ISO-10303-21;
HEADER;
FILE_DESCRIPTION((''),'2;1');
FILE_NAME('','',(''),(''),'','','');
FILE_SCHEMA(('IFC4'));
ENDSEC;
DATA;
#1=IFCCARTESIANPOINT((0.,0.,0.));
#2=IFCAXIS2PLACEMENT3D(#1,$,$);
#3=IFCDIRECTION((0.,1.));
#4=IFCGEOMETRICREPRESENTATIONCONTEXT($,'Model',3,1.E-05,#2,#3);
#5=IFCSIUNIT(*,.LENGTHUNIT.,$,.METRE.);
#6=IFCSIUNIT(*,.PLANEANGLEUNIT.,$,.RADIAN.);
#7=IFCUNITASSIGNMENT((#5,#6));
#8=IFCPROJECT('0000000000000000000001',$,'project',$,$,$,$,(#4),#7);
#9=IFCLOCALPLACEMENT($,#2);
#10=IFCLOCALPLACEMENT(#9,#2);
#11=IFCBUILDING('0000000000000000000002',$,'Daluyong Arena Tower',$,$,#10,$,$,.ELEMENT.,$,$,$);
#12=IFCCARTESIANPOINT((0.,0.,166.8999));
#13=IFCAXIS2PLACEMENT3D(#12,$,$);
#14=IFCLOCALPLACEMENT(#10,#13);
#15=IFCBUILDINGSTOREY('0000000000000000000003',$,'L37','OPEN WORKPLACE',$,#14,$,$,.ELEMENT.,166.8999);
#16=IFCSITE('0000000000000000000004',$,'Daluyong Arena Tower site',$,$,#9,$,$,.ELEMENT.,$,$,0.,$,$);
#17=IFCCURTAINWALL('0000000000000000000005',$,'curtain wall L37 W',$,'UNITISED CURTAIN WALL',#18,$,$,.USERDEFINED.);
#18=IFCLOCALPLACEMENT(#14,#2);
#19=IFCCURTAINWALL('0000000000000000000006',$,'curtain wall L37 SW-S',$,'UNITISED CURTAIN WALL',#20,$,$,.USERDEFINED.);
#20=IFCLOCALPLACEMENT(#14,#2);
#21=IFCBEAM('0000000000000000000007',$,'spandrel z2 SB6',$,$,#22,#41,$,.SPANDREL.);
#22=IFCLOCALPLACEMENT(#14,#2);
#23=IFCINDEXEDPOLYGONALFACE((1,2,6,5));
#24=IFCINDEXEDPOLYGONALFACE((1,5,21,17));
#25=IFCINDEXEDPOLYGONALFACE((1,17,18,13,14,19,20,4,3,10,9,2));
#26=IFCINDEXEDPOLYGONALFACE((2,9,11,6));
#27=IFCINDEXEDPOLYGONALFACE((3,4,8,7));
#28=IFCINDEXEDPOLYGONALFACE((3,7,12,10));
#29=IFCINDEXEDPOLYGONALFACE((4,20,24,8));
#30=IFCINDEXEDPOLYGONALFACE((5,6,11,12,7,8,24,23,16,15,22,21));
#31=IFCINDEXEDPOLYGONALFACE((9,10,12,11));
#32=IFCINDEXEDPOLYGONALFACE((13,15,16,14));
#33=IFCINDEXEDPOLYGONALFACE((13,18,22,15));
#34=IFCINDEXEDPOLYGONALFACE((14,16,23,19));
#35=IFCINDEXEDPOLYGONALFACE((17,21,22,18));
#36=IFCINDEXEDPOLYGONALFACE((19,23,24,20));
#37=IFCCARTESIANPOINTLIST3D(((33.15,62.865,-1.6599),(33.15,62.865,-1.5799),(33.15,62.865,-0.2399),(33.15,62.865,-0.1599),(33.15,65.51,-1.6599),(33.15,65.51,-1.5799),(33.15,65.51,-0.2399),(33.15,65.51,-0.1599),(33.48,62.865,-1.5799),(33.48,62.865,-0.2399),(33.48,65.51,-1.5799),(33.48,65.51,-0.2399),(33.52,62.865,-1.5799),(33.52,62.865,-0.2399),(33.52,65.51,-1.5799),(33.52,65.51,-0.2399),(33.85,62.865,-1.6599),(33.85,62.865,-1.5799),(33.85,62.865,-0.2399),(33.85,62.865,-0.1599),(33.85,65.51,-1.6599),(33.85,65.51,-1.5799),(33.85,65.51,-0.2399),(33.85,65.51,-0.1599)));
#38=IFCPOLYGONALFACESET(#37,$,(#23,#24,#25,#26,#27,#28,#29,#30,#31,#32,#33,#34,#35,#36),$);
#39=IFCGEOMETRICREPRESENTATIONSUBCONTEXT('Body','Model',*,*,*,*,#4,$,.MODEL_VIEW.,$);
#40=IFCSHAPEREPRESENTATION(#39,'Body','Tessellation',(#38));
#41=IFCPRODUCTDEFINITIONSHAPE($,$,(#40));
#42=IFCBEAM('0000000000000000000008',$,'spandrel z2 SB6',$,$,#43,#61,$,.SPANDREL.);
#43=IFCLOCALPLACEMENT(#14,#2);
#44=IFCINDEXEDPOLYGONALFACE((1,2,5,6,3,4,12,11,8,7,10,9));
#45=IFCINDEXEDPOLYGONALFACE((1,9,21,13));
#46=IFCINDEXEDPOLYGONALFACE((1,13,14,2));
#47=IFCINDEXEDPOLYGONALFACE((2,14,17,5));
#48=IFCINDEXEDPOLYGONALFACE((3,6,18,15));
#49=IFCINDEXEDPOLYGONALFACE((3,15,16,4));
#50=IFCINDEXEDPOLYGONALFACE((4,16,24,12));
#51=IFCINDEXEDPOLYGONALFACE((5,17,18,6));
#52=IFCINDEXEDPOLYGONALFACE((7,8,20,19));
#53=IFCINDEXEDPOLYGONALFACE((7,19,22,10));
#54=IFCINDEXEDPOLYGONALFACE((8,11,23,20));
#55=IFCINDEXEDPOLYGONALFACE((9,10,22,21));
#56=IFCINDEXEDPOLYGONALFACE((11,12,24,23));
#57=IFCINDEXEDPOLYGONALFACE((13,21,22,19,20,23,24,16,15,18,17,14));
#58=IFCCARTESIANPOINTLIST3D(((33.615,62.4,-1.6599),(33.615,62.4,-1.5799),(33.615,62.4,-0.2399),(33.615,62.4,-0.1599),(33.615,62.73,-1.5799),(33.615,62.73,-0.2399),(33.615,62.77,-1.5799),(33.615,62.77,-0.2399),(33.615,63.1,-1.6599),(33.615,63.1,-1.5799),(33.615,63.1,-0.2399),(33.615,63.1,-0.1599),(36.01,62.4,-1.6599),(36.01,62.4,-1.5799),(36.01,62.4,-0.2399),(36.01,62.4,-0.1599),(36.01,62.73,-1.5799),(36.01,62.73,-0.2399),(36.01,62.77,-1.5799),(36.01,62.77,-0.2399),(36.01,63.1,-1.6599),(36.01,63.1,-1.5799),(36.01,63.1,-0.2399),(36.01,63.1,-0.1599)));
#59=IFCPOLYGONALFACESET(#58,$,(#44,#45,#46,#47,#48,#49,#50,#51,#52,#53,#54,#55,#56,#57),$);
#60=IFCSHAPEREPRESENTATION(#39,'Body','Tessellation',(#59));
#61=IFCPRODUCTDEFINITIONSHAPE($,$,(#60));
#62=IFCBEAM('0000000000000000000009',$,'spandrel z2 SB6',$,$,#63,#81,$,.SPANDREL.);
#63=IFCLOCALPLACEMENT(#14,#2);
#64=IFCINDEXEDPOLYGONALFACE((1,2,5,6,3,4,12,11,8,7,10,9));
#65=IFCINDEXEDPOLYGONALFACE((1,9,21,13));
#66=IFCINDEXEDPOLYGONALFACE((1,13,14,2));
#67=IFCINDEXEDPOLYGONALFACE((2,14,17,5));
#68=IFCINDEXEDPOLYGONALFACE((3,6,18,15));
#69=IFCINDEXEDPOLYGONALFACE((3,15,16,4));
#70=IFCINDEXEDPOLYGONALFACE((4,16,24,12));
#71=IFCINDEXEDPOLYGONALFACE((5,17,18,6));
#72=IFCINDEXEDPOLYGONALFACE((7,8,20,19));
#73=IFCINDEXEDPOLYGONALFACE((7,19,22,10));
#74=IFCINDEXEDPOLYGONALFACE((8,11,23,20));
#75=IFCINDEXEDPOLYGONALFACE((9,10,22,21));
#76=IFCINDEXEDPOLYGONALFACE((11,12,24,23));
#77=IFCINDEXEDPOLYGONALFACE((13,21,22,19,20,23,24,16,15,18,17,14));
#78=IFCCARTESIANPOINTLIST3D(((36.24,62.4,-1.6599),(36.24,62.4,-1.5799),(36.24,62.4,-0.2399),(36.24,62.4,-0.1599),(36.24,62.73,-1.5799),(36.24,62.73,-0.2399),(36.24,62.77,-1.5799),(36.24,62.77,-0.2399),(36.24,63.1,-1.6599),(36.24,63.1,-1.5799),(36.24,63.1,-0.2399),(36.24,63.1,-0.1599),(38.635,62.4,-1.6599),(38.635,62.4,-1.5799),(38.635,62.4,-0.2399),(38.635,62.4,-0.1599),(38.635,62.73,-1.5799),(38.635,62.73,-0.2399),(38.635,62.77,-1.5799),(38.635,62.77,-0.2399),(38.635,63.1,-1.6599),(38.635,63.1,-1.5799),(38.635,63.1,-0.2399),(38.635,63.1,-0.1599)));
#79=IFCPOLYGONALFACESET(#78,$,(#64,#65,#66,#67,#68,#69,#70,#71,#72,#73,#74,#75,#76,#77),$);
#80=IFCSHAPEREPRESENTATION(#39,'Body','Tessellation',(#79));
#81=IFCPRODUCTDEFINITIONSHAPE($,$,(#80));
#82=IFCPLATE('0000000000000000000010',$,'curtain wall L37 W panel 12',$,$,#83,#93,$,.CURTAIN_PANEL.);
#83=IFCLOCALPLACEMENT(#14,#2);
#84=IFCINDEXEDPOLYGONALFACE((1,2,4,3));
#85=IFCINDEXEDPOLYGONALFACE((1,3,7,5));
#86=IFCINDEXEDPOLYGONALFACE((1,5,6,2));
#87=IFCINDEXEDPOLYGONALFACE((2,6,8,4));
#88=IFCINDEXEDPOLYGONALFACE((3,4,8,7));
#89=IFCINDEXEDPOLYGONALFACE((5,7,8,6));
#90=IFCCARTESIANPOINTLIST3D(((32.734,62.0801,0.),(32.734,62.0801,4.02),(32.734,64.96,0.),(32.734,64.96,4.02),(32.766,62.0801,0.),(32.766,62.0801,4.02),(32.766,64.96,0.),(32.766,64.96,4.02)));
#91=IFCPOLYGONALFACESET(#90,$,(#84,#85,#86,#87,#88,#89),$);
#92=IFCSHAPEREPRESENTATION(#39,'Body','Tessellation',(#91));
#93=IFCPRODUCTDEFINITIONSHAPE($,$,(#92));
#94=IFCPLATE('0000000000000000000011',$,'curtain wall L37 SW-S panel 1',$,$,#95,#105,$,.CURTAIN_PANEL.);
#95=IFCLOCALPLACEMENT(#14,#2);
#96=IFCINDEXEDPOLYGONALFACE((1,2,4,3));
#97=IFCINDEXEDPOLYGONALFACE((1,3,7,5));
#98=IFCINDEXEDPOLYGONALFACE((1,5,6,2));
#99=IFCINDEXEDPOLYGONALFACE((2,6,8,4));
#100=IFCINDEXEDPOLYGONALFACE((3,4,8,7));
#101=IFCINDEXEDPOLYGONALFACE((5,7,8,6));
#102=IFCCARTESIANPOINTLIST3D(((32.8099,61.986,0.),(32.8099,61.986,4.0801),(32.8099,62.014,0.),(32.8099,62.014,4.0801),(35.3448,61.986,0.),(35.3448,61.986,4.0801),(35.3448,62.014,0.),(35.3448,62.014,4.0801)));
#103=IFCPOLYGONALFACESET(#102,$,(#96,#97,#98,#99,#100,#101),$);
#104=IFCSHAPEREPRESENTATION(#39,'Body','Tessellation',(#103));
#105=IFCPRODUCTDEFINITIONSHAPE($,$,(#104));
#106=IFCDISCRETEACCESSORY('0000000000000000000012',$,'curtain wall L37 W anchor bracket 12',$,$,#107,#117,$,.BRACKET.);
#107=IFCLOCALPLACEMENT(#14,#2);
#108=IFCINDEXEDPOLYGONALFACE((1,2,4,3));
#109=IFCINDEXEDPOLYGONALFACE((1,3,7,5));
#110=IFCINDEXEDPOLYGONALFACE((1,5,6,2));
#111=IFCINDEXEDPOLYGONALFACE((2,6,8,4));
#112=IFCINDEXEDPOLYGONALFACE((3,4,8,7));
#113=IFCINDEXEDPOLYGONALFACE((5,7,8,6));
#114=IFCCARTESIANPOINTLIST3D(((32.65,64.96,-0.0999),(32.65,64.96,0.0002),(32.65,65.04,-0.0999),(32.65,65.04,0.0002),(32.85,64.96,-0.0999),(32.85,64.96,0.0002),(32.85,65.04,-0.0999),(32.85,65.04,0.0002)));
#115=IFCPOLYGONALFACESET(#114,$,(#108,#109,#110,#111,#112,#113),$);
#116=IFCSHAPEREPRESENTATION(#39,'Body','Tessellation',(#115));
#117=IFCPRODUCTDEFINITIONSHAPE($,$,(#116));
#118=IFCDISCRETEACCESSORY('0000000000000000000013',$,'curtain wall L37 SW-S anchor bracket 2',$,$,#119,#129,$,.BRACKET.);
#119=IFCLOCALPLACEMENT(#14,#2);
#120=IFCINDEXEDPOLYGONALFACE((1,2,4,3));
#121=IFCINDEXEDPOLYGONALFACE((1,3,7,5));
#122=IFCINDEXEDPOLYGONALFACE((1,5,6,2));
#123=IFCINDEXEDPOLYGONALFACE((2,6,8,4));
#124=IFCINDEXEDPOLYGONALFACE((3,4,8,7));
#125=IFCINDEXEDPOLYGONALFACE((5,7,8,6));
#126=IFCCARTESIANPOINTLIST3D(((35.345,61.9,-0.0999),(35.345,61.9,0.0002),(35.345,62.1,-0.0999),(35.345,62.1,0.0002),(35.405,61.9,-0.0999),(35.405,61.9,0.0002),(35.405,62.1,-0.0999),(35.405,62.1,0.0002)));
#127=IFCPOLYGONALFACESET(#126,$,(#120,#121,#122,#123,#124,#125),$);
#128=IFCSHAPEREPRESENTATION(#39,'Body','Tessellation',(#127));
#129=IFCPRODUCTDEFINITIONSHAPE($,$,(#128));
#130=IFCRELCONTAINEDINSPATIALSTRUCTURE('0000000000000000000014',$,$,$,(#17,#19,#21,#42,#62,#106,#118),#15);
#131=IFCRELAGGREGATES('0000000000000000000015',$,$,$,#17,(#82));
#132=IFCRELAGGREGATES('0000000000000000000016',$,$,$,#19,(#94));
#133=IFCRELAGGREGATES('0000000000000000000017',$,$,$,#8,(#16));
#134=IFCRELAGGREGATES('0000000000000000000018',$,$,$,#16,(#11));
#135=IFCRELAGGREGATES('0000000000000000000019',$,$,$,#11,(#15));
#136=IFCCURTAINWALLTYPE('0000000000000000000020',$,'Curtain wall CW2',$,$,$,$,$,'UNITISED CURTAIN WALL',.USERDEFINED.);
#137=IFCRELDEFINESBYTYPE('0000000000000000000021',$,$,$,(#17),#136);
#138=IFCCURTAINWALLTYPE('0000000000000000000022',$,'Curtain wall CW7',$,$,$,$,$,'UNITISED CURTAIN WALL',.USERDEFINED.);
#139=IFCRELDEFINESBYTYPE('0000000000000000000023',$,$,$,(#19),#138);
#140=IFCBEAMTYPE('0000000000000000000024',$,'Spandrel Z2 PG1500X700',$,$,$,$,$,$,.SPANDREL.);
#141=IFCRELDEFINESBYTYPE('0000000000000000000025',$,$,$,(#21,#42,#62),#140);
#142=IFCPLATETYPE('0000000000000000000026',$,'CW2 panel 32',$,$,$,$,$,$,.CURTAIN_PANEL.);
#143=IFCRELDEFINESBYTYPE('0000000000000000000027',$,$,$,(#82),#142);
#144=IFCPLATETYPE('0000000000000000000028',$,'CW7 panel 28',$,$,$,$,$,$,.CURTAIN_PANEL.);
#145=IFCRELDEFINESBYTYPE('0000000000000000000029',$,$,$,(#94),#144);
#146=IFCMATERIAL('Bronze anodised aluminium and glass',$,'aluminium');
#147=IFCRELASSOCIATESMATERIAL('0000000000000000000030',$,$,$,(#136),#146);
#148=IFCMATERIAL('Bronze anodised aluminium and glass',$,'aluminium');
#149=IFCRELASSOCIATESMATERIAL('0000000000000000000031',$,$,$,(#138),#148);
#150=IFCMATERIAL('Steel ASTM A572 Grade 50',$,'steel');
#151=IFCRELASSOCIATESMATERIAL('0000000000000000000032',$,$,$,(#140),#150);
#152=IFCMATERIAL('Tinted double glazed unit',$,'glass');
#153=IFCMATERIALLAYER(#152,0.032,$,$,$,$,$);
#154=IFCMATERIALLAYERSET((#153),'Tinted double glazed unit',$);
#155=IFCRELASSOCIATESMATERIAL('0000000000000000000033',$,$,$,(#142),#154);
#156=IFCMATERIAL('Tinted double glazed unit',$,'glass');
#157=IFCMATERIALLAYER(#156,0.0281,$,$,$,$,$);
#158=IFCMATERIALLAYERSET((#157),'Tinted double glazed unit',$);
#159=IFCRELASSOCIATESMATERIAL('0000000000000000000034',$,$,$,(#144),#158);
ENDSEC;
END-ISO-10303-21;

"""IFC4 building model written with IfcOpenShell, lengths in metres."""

from ifc_helpers import new_model, si_unit, direction, frame, origin, origin_2d, place, context, subcontext, project, spatial, rectangle, i_section, extrude, material, layer, layer_set, material_profile, profile_set, type_object, element, aggregate, save


model = new_model("IFC4")

# Units and contexts
model_context = context("Model", 3, precision=1e-05, world=origin(), true_north=direction((0.0, 1.0)))
body_context = subcontext(model_context, "Body", "Model", "MODEL_VIEW")
ifc_project = project(units=[si_unit("LENGTHUNIT", "METRE"), si_unit("PLANEANGLEUNIT", "RADIAN")], contexts=[model_context])

# Site, building, storey
site_placement = place(None, origin())
site = spatial("IfcSite", under=ifc_project, at=site_placement, Name="Daluyong Arena Tower site", CompositionType="ELEMENT", RefElevation=0.0)
building_placement = place(site_placement, origin())
building = spatial("IfcBuilding", under=site, at=building_placement, Name="Daluyong Arena Tower", CompositionType="ELEMENT")
storey_placement = place(building_placement, frame((0.0, 0.0, 166.8999)))
storey = spatial("IfcBuildingStorey", under=building, at=storey_placement, Name="L37", Description="OPEN WORKPLACE", CompositionType="ELEMENT", Elevation=166.8999)

# Curtain walls
ifc_material_1 = material(Name="Bronze anodised aluminium and glass", Category="aluminium")
curtain_wall_type_1 = type_object("IfcCurtainWallType", Name="Curtain wall CW2", ElementType="UNITISED CURTAIN WALL", PredefinedType="USERDEFINED", material=ifc_material_1)
curtain_wall_1_placement = place(storey_placement, origin())
curtain_wall_1 = element("IfcCurtainWall", 1, at=curtain_wall_1_placement, inside=storey, type_object=curtain_wall_type_1, Name="curtain wall L37 W", ObjectType="UNITISED CURTAIN WALL", PredefinedType="USERDEFINED")
ifc_material_2 = material(Name="Bronze anodised aluminium and glass", Category="aluminium")
curtain_wall_type_2 = type_object("IfcCurtainWallType", Name="Curtain wall CW7", ElementType="UNITISED CURTAIN WALL", PredefinedType="USERDEFINED", material=ifc_material_2)
curtain_wall_2_placement = place(storey_placement, origin())
curtain_wall_2 = element("IfcCurtainWall", 2, at=curtain_wall_2_placement, inside=storey, type_object=curtain_wall_type_2, Name="curtain wall L37 SW-S", ObjectType="UNITISED CURTAIN WALL", PredefinedType="USERDEFINED")

# Beams
ifc_material_3 = material(Name="Steel ASTM A572 Grade 50", Category="steel")
ifc_material_profile_1 = material_profile(ifc_material_3, i_section(OverallWidth=0.7, OverallDepth=1.5, WebThickness=0.04, FlangeThickness=0.08, at=origin_2d()))
ifc_profile_set_1 = profile_set([ifc_material_profile_1], Name="Steel ASTM A572 Grade 50")
beam_type_1 = type_object("IfcBeamType", Name="Spandrel Z2 PG1500X700", PredefinedType="SPANDREL", material=ifc_profile_set_1)
beam_1_placement = place(storey_placement, frame((33.5, 65.51, -0.9099), z_axis=(0.0, -1.0, 0.0), x_axis=(1.0, 0.0, 0.0)))
element("IfcBeam", 3, at=beam_1_placement, inside=storey, type_object=beam_type_1, Name="spandrel z2 SB6", PredefinedType="SPANDREL", context=body_context, shape_type="SweptSolid", body=[
    extrude(i_section(OverallWidth=0.7, OverallDepth=1.5, WebThickness=0.04, FlangeThickness=0.08, at=origin_2d()), origin(), (0.0, 0.0, 1.0), 2.645),
])
for number, where, z_axis, x_axis, name in (
    (4, (33.615, 62.75, -0.9099), (1.0, 0.0, 0.0), (0.0, 1.0, 0.0), "spandrel z2 SB6"),
    (5, (36.24, 62.75, -0.9099), (1.0, 0.0, 0.0), (0.0, 1.0, 0.0), "spandrel z2 SB6"),
):
    element("IfcBeam", number, at=place(storey_placement, frame(where, z_axis=z_axis, x_axis=x_axis)), inside=storey, type_object=beam_type_1, Name=name, PredefinedType="SPANDREL", context=body_context, shape_type="SweptSolid", body=[
        extrude(i_section(OverallWidth=0.7, OverallDepth=1.5, WebThickness=0.04, FlangeThickness=0.08, at=origin_2d()), origin(), (0.0, 0.0, 1.0), 2.395),
    ])

# Plates
ifc_material_4 = material(Name="Tinted double glazed unit", Category="glass")
ifc_layer_1 = layer(ifc_material_4, 0.032)
ifc_layer_set_1 = layer_set([ifc_layer_1], Name="Tinted double glazed unit")
plate_type_1 = type_object("IfcPlateType", Name="CW2 panel 32", PredefinedType="CURTAIN_PANEL", material=ifc_layer_set_1)
plate_1_placement = place(storey_placement, frame((32.75, 63.52, 0.0), z_axis=(0.0, 0.0, 1.0), x_axis=(0.0, -1.0, 0.0)))
plate_1 = element("IfcPlate", 6, at=plate_1_placement, type_object=plate_type_1, Name="curtain wall L37 W panel 12", PredefinedType="CURTAIN_PANEL", context=body_context, shape_type="SweptSolid", body=[
    extrude(rectangle(XDim=2.8799, YDim=0.032, at=origin_2d()), origin(), (0.0, 0.0, 1.0), 4.02),
])
aggregate(curtain_wall_1, [plate_1])
ifc_material_5 = material(Name="Tinted double glazed unit", Category="glass")
ifc_layer_2 = layer(ifc_material_5, 0.0281)
ifc_layer_set_2 = layer_set([ifc_layer_2], Name="Tinted double glazed unit")
plate_type_2 = type_object("IfcPlateType", Name="CW7 panel 28", PredefinedType="CURTAIN_PANEL", material=ifc_layer_set_2)
plate_2_placement = place(storey_placement, frame((34.0774, 62.0, 0.0), z_axis=(0.0, 0.0, 1.0), x_axis=(1.0, 0.0, 0.0)))
plate_2 = element("IfcPlate", 7, at=plate_2_placement, type_object=plate_type_2, Name="curtain wall L37 SW-S panel 1", PredefinedType="CURTAIN_PANEL", context=body_context, shape_type="SweptSolid", body=[
    extrude(rectangle(XDim=2.5349, YDim=0.0281, at=origin_2d()), origin(), (0.0, 0.0, 1.0), 4.0801),
])
aggregate(curtain_wall_2, [plate_2])

# Discrete accessories
discrete_accessory_1_placement = place(storey_placement, frame((32.75, 65.0, -0.0999), z_axis=(0.0, 0.0, 1.0), x_axis=(0.0, -1.0, 0.0)))
element("IfcDiscreteAccessory", 8, at=discrete_accessory_1_placement, inside=storey, Name="curtain wall L37 W anchor bracket 12", PredefinedType="BRACKET", context=body_context, shape_type="SweptSolid", body=[
    extrude(rectangle(XDim=0.0801, YDim=0.2, at=origin_2d()), origin(), (0.0, 0.0, 1.0), 0.1001),
])
discrete_accessory_2_placement = place(storey_placement, frame((35.375, 62.0, -0.0999), z_axis=(0.0, 0.0, 1.0), x_axis=(1.0, 0.0, 0.0)))
element("IfcDiscreteAccessory", 9, at=discrete_accessory_2_placement, inside=storey, Name="curtain wall L37 SW-S anchor bracket 2", PredefinedType="BRACKET", context=body_context, shape_type="SweptSolid", body=[
    extrude(rectangle(XDim=0.0601, YDim=0.2, at=origin_2d()), origin(), (0.0, 0.0, 1.0), 0.1001),
])

save(model, "model.ifc")
